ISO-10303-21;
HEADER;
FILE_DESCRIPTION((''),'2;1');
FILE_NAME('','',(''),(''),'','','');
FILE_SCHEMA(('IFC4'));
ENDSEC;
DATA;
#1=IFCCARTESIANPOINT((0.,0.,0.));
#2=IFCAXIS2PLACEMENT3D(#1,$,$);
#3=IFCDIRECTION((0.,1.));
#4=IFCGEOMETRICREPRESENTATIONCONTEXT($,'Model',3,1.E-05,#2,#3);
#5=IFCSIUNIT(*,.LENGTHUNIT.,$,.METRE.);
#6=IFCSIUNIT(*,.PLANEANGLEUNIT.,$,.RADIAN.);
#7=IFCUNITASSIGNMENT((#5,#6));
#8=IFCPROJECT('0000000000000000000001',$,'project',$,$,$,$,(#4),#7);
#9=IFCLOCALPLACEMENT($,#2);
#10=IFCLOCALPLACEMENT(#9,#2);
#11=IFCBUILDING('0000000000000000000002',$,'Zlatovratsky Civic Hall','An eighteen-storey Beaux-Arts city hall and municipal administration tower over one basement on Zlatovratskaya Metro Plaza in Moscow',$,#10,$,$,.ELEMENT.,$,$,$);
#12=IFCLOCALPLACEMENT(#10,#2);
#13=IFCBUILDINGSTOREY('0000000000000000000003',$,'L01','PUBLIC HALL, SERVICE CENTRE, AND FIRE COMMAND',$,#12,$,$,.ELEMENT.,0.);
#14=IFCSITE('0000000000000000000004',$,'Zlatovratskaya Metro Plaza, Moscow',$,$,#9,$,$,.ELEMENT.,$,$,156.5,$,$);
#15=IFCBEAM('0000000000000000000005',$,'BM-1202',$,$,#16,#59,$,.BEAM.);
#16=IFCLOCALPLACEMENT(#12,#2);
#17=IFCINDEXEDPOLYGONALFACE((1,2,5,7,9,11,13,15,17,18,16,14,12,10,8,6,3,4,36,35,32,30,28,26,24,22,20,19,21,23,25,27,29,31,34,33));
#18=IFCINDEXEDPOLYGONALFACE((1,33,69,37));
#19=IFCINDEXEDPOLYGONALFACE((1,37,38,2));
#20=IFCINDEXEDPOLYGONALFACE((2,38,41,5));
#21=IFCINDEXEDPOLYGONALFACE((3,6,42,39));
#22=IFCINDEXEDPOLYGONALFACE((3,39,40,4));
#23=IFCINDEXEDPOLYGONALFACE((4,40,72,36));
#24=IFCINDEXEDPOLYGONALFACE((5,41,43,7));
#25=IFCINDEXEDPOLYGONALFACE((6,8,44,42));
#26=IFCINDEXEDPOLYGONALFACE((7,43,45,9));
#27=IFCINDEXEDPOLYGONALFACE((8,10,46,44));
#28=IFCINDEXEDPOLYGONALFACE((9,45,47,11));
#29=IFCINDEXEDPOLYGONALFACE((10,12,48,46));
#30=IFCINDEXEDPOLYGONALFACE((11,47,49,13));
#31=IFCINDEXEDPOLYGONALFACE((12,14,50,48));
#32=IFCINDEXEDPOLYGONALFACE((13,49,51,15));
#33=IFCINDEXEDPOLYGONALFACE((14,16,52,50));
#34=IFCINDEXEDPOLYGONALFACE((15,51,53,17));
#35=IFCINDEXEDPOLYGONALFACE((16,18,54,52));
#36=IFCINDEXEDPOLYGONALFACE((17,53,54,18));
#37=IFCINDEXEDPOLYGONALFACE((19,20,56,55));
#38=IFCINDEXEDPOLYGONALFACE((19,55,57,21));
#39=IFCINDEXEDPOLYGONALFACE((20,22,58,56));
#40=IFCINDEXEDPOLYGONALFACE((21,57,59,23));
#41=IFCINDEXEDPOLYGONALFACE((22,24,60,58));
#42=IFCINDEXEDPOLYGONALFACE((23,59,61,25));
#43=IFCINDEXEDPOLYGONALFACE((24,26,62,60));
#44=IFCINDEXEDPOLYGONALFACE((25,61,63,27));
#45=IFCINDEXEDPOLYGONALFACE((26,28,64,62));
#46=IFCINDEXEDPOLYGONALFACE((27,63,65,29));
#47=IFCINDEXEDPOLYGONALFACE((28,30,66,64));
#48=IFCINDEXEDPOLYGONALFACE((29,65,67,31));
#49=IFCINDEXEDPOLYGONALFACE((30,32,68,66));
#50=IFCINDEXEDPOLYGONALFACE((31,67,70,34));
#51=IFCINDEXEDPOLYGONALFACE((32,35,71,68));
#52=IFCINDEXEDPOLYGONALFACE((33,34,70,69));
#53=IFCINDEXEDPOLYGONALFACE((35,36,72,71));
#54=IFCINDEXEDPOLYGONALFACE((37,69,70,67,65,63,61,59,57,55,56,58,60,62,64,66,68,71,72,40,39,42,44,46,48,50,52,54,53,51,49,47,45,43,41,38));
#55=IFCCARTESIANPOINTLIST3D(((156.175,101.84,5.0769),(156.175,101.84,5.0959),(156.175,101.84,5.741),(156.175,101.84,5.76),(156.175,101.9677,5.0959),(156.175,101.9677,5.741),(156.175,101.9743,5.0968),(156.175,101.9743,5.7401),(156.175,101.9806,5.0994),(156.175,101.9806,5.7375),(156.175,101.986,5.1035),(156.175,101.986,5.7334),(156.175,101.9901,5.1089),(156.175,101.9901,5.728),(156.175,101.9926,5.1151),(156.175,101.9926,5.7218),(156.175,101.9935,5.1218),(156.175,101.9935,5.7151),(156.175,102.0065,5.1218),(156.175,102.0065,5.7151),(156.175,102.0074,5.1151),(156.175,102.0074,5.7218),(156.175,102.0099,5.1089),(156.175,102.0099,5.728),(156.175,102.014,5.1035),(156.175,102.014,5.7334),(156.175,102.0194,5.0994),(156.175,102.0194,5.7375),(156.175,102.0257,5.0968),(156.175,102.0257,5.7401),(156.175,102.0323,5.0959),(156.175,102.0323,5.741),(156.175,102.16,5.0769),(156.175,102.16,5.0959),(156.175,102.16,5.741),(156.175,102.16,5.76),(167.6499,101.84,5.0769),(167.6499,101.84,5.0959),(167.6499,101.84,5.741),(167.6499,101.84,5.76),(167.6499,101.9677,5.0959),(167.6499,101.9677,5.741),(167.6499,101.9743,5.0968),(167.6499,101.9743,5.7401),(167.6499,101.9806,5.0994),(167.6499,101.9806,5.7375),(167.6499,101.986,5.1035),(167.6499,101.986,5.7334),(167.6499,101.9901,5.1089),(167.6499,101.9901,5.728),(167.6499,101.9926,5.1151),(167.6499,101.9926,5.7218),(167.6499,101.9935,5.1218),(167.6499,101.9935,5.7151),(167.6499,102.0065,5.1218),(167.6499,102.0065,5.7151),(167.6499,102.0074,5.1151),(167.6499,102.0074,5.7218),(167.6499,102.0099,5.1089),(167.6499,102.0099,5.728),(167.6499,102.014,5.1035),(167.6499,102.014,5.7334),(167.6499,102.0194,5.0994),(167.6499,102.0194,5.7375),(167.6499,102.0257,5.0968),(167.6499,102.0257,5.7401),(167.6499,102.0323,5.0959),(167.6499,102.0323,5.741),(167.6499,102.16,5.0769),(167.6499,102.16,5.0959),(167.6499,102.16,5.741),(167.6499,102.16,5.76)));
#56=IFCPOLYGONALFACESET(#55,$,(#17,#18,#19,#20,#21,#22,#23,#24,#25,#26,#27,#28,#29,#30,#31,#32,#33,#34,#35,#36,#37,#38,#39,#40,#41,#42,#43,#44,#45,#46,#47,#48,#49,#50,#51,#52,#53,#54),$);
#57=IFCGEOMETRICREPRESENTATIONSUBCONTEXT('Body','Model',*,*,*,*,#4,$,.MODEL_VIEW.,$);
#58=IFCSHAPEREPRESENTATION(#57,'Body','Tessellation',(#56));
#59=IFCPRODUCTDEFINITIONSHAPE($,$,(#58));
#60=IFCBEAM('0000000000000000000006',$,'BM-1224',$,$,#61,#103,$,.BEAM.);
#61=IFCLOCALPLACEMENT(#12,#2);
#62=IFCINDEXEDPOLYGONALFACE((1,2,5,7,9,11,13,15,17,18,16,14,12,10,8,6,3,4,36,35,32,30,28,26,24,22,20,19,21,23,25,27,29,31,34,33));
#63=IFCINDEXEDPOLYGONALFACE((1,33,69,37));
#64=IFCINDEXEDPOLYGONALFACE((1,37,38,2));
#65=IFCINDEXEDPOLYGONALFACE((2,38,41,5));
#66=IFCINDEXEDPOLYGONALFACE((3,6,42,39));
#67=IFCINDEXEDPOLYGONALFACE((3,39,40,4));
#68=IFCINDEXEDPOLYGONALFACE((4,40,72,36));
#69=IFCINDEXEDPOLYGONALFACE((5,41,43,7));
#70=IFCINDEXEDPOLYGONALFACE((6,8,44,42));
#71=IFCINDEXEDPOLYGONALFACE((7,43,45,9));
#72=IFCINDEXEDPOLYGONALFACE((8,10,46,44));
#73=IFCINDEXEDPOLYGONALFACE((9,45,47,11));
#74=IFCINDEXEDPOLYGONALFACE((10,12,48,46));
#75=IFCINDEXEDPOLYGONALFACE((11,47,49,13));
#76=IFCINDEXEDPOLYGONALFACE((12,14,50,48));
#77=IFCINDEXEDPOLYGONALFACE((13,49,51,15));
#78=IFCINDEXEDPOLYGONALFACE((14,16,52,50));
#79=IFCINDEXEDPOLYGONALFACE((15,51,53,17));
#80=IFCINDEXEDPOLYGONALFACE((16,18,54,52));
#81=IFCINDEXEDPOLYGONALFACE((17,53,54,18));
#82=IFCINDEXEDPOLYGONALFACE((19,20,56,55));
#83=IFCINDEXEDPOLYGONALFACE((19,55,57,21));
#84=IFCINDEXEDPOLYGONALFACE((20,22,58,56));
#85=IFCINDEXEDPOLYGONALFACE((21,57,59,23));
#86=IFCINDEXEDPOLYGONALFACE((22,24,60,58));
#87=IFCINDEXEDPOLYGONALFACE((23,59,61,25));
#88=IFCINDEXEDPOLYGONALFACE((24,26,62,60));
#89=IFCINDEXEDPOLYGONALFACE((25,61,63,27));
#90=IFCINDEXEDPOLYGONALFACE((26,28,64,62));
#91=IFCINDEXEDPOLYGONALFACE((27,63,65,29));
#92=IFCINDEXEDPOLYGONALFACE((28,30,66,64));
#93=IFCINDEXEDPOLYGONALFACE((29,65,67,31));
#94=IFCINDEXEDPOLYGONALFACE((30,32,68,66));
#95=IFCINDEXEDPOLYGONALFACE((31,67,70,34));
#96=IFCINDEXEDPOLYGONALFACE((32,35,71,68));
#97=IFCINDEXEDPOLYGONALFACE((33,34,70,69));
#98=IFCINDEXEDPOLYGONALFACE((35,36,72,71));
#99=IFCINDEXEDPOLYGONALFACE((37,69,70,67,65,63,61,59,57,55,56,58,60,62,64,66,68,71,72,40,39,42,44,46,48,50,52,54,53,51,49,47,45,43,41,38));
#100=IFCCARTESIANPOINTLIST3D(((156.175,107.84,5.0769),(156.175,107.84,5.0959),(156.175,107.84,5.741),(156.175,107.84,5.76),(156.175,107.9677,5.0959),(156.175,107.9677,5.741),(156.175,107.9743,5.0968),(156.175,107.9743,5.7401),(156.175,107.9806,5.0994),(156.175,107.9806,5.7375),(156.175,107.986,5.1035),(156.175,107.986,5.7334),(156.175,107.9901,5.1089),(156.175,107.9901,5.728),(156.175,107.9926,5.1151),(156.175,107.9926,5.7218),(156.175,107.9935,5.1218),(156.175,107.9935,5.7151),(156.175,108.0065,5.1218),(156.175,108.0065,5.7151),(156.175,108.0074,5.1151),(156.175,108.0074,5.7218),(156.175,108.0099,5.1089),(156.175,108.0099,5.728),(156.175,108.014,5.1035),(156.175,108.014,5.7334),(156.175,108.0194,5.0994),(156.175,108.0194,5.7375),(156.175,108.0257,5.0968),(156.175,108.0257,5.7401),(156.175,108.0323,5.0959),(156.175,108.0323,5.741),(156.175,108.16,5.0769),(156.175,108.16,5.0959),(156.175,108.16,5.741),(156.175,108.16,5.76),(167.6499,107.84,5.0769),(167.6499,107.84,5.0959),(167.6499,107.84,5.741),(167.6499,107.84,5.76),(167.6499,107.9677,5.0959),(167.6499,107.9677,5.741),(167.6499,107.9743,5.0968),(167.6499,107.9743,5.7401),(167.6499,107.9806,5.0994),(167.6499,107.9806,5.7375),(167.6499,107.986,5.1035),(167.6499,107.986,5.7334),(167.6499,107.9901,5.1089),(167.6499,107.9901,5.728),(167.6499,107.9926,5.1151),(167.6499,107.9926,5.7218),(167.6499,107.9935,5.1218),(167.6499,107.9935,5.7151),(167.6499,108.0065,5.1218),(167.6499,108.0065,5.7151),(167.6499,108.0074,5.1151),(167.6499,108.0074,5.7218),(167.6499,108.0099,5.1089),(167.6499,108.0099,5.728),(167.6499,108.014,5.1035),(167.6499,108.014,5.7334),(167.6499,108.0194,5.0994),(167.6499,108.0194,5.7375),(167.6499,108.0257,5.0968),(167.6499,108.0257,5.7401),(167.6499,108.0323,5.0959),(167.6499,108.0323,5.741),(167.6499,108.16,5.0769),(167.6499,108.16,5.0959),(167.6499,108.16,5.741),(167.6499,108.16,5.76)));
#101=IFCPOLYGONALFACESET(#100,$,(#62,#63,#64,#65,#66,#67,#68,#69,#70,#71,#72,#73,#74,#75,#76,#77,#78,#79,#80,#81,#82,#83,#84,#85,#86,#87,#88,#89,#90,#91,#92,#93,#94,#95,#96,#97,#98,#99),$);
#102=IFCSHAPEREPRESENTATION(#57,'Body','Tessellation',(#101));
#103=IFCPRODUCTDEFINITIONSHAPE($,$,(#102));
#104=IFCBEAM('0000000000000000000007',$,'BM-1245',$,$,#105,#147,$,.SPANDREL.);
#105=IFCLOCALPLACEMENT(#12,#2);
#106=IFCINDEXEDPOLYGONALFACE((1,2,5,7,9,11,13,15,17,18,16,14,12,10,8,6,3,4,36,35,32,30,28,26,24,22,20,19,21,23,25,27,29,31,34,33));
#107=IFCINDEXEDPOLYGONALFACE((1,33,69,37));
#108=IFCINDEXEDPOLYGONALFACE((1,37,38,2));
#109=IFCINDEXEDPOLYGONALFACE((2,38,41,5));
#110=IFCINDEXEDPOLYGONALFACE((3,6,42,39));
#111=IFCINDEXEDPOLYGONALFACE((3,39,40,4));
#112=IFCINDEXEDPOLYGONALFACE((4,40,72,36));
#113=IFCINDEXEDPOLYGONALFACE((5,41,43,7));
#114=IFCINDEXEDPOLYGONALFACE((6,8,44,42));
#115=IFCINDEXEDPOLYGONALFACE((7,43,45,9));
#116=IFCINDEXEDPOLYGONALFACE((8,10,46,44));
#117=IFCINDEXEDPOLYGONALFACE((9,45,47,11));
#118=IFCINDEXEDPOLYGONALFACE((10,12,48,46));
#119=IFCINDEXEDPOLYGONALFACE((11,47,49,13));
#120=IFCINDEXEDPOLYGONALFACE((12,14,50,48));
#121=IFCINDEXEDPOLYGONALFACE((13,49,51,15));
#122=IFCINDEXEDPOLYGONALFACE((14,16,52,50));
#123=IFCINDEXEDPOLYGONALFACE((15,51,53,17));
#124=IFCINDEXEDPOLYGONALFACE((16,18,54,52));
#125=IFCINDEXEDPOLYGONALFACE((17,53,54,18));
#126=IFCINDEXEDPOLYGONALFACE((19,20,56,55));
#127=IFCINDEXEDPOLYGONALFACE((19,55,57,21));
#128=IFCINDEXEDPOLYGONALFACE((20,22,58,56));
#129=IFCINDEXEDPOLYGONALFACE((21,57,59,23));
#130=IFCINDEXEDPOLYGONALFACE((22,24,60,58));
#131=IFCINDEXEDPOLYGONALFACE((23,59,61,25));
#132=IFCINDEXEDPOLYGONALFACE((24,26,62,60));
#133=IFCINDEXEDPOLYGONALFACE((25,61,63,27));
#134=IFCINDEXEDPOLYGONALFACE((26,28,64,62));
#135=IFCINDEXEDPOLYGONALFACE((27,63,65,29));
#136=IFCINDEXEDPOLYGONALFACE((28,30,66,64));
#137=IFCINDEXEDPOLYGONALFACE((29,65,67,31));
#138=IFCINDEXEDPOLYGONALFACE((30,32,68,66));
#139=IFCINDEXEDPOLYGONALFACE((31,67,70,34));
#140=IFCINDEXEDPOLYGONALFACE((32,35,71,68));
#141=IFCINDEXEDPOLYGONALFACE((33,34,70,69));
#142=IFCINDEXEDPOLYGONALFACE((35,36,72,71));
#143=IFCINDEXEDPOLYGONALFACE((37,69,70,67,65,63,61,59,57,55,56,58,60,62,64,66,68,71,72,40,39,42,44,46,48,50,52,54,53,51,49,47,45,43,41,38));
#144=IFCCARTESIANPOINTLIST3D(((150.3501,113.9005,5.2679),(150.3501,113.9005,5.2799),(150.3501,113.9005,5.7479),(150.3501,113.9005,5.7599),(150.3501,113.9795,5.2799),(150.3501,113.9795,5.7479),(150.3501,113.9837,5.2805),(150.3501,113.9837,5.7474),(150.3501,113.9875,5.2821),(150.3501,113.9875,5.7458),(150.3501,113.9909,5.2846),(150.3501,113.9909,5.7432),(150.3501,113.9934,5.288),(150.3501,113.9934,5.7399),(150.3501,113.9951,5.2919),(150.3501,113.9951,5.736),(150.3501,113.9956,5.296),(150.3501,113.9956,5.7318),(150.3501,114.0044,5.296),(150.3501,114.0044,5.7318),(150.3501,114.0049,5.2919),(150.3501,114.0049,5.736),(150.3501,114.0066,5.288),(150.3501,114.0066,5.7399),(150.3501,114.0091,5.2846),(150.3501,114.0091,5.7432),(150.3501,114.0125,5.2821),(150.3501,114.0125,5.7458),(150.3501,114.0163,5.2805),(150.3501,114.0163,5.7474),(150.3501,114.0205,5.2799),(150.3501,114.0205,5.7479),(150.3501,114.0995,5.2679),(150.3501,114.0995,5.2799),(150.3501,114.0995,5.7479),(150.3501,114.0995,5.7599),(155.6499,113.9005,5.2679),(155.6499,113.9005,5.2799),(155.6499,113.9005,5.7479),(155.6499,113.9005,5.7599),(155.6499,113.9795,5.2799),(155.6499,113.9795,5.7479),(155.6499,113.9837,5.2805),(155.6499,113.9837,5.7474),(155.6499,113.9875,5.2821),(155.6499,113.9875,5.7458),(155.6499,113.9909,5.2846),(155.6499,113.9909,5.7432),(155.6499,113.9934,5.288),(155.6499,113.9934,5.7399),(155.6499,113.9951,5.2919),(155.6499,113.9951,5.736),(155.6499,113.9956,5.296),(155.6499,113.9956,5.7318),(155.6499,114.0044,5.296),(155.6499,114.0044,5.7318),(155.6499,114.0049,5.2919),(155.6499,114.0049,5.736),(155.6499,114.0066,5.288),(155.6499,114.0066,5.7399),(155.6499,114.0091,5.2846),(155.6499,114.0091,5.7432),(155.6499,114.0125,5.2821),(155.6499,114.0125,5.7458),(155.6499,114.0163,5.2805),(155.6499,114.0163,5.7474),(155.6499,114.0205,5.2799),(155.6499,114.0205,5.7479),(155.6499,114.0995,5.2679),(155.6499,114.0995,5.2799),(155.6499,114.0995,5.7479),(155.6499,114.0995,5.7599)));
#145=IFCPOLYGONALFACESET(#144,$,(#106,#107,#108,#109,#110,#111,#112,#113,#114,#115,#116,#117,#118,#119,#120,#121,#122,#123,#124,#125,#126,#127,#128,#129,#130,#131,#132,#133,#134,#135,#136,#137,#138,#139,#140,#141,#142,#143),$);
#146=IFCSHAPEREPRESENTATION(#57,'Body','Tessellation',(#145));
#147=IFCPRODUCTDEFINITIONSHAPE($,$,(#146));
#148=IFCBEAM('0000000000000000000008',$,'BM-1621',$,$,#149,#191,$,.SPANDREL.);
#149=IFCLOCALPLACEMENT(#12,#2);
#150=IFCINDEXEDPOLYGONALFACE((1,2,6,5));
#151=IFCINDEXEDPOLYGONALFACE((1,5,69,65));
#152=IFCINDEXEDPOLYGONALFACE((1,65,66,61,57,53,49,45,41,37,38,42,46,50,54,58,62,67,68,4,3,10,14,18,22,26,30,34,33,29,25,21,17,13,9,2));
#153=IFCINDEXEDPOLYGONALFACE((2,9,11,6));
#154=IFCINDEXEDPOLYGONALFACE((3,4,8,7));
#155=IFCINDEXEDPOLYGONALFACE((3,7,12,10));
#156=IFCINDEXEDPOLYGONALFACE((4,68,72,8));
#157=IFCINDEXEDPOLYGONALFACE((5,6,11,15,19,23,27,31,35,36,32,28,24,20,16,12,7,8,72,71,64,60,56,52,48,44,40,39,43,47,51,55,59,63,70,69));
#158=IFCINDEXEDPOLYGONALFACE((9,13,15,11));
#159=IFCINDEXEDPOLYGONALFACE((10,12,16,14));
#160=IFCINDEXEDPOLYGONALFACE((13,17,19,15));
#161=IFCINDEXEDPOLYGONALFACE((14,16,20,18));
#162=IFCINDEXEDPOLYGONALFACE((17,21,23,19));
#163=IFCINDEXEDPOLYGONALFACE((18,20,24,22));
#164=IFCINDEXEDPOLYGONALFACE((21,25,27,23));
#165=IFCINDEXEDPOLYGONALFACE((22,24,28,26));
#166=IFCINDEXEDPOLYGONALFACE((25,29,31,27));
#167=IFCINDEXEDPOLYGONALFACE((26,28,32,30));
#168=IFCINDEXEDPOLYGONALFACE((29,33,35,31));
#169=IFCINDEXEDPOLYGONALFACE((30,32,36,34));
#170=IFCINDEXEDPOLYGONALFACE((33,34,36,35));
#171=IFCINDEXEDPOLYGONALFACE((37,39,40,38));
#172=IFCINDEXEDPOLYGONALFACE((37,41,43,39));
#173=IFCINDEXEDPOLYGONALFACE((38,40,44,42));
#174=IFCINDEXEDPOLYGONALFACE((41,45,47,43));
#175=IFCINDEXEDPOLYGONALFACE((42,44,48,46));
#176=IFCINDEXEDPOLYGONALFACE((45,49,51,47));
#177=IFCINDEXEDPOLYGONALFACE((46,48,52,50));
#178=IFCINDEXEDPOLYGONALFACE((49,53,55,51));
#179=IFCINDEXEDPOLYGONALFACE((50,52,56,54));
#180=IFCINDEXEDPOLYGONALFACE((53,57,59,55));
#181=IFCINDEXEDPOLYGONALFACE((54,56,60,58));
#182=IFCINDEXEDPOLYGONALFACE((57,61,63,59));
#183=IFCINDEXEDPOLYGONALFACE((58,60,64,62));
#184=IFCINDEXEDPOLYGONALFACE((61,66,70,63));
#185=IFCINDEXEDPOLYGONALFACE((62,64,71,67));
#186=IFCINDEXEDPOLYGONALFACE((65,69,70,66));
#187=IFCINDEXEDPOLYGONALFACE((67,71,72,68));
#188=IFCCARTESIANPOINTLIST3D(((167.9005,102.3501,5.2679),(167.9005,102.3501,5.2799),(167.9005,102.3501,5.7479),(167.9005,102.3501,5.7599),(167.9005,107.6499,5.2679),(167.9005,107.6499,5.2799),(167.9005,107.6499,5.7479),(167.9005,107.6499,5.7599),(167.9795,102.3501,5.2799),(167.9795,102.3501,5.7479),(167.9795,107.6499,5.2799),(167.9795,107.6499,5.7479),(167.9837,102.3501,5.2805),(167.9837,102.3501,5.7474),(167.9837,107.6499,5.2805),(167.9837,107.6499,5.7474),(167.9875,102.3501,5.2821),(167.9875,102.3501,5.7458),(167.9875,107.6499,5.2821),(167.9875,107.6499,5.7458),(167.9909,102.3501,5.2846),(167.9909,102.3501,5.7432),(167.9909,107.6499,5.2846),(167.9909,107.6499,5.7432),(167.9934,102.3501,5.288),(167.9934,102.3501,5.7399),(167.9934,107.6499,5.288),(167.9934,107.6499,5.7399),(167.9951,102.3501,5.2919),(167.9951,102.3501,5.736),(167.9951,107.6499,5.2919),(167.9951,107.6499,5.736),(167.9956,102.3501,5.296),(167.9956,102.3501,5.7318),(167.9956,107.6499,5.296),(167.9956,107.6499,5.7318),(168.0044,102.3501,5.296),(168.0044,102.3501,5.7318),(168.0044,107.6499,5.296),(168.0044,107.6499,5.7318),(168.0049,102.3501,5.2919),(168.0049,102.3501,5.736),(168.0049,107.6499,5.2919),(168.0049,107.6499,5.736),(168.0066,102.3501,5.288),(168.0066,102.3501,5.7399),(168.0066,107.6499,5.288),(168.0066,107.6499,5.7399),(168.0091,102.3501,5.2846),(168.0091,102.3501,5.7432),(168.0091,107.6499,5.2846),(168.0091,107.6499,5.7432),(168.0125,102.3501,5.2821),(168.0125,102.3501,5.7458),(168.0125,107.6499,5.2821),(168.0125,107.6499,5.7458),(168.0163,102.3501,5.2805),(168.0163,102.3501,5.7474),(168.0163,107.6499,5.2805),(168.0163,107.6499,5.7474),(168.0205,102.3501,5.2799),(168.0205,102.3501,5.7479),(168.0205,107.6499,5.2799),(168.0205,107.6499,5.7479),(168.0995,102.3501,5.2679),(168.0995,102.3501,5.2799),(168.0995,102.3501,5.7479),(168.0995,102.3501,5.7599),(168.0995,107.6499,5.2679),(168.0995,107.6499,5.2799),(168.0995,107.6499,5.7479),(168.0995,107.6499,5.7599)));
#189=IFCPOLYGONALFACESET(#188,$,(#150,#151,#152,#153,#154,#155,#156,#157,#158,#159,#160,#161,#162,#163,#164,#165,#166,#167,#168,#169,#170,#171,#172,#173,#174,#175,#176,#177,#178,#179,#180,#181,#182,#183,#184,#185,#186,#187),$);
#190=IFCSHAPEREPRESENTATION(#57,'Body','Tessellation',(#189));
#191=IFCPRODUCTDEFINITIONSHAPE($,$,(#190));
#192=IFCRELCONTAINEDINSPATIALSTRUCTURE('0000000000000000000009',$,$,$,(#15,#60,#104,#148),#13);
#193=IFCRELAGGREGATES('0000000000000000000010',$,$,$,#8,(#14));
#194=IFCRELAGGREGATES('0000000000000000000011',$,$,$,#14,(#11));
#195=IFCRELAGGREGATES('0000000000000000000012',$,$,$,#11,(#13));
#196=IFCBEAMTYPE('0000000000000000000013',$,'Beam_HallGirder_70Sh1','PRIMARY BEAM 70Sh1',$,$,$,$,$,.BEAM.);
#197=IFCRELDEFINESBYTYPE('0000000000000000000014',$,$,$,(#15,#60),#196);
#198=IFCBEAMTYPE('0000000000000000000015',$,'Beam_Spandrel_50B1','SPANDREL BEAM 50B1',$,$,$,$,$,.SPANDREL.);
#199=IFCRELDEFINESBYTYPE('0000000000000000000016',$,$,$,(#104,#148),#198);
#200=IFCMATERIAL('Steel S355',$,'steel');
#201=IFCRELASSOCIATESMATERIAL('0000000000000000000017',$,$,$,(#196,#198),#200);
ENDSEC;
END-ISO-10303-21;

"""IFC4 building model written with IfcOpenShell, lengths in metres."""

from ifc_helpers import new_model, si_unit, direction, frame, origin, origin_2d, place, context, subcontext, project, spatial, i_section, extrude, material, material_profile, profile_set, type_object, element, save


model = new_model("IFC4")

# Units and contexts
model_context = context("Model", 3, precision=1e-05, world=origin(), true_north=direction((0.0, 1.0)))
body_context = subcontext(model_context, "Body", "Model", "MODEL_VIEW")
ifc_project = project(units=[si_unit("LENGTHUNIT", "METRE"), si_unit("PLANEANGLEUNIT", "RADIAN")], contexts=[model_context])

# Site, building, storey
site_placement = place(None, origin())
site = spatial("IfcSite", under=ifc_project, at=site_placement, Name="Zlatovratskaya Metro Plaza, Moscow", CompositionType="ELEMENT", RefElevation=156.5)
building_placement = place(site_placement, origin())
building = spatial("IfcBuilding", under=site, at=building_placement, Name="Zlatovratsky Civic Hall", Description="An eighteen-storey Beaux-Arts city hall and municipal administration tower over one basement on Zlatovratskaya Metro Plaza in Moscow", CompositionType="ELEMENT")
storey_placement = place(building_placement, origin())
storey = spatial("IfcBuildingStorey", under=building, at=storey_placement, Name="L01", Description="PUBLIC HALL, SERVICE CENTRE, AND FIRE COMMAND", CompositionType="ELEMENT", Elevation=0.0)

# Shared definitions
ifc_material_1 = material(Name="Steel S355", Category="steel")

# Beams
ifc_material_profile_1 = material_profile(ifc_material_1, i_section(OverallWidth=0.3201, OverallDepth=0.6831, WebThickness=0.0129, FlangeThickness=0.019, FilletRadius=0.0259, at=origin_2d()), Name="70Sh1")
ifc_profile_set_1 = profile_set([ifc_material_profile_1], Name="Steel S355")
beam_type_1 = type_object("IfcBeamType", Name="Beam_HallGirder_70Sh1", Description="PRIMARY BEAM 70Sh1", PredefinedType="BEAM", material=ifc_profile_set_1)
for number, where, z_axis, x_axis, name in (
    (1, (156.175, 102.0, 5.4185), (1.0, 0.0, 0.0), (0.0, 1.0, 0.0), "BM-1202"),
    (2, (156.175, 108.0, 5.4185), (1.0, 0.0, 0.0), (0.0, 1.0, 0.0), "BM-1224"),
):
    element("IfcBeam", number, at=place(storey_placement, frame(where, z_axis=z_axis, x_axis=x_axis)), inside=storey, type_object=beam_type_1, Name=name, PredefinedType="BEAM", context=body_context, shape_type="SweptSolid", body=[
        extrude(i_section(OverallWidth=0.3201, OverallDepth=0.6831, WebThickness=0.0129, FlangeThickness=0.019, FilletRadius=0.0259, at=origin_2d()), origin(), (0.0, 0.0, 1.0), 11.4749),
    ])
ifc_material_profile_2 = material_profile(ifc_material_1, i_section(OverallWidth=0.199, OverallDepth=0.4919, WebThickness=0.0088, FlangeThickness=0.012, FilletRadius=0.0161, at=origin_2d()), Name="50B1")
ifc_profile_set_2 = profile_set([ifc_material_profile_2], Name="Steel S355")
beam_type_2 = type_object("IfcBeamType", Name="Beam_Spandrel_50B1", Description="SPANDREL BEAM 50B1", PredefinedType="SPANDREL", material=ifc_profile_set_2)
for number, where, z_axis, x_axis, name in (
    (3, (150.3501, 114.0, 5.5139), (1.0, 0.0, 0.0), (0.0, 1.0, 0.0), "BM-1245"),
    (4, (168.0, 102.3501, 5.5139), (0.0, 1.0, 0.0), (-1.0, 0.0, 0.0), "BM-1621"),
):
    element("IfcBeam", number, at=place(storey_placement, frame(where, z_axis=z_axis, x_axis=x_axis)), inside=storey, type_object=beam_type_2, Name=name, PredefinedType="SPANDREL", context=body_context, shape_type="SweptSolid", body=[
        extrude(i_section(OverallWidth=0.199, OverallDepth=0.4919, WebThickness=0.0088, FlangeThickness=0.012, FilletRadius=0.0161, at=origin_2d()), origin(), (0.0, 0.0, 1.0), 5.2998),
    ])

save(model, "model.ifc")
